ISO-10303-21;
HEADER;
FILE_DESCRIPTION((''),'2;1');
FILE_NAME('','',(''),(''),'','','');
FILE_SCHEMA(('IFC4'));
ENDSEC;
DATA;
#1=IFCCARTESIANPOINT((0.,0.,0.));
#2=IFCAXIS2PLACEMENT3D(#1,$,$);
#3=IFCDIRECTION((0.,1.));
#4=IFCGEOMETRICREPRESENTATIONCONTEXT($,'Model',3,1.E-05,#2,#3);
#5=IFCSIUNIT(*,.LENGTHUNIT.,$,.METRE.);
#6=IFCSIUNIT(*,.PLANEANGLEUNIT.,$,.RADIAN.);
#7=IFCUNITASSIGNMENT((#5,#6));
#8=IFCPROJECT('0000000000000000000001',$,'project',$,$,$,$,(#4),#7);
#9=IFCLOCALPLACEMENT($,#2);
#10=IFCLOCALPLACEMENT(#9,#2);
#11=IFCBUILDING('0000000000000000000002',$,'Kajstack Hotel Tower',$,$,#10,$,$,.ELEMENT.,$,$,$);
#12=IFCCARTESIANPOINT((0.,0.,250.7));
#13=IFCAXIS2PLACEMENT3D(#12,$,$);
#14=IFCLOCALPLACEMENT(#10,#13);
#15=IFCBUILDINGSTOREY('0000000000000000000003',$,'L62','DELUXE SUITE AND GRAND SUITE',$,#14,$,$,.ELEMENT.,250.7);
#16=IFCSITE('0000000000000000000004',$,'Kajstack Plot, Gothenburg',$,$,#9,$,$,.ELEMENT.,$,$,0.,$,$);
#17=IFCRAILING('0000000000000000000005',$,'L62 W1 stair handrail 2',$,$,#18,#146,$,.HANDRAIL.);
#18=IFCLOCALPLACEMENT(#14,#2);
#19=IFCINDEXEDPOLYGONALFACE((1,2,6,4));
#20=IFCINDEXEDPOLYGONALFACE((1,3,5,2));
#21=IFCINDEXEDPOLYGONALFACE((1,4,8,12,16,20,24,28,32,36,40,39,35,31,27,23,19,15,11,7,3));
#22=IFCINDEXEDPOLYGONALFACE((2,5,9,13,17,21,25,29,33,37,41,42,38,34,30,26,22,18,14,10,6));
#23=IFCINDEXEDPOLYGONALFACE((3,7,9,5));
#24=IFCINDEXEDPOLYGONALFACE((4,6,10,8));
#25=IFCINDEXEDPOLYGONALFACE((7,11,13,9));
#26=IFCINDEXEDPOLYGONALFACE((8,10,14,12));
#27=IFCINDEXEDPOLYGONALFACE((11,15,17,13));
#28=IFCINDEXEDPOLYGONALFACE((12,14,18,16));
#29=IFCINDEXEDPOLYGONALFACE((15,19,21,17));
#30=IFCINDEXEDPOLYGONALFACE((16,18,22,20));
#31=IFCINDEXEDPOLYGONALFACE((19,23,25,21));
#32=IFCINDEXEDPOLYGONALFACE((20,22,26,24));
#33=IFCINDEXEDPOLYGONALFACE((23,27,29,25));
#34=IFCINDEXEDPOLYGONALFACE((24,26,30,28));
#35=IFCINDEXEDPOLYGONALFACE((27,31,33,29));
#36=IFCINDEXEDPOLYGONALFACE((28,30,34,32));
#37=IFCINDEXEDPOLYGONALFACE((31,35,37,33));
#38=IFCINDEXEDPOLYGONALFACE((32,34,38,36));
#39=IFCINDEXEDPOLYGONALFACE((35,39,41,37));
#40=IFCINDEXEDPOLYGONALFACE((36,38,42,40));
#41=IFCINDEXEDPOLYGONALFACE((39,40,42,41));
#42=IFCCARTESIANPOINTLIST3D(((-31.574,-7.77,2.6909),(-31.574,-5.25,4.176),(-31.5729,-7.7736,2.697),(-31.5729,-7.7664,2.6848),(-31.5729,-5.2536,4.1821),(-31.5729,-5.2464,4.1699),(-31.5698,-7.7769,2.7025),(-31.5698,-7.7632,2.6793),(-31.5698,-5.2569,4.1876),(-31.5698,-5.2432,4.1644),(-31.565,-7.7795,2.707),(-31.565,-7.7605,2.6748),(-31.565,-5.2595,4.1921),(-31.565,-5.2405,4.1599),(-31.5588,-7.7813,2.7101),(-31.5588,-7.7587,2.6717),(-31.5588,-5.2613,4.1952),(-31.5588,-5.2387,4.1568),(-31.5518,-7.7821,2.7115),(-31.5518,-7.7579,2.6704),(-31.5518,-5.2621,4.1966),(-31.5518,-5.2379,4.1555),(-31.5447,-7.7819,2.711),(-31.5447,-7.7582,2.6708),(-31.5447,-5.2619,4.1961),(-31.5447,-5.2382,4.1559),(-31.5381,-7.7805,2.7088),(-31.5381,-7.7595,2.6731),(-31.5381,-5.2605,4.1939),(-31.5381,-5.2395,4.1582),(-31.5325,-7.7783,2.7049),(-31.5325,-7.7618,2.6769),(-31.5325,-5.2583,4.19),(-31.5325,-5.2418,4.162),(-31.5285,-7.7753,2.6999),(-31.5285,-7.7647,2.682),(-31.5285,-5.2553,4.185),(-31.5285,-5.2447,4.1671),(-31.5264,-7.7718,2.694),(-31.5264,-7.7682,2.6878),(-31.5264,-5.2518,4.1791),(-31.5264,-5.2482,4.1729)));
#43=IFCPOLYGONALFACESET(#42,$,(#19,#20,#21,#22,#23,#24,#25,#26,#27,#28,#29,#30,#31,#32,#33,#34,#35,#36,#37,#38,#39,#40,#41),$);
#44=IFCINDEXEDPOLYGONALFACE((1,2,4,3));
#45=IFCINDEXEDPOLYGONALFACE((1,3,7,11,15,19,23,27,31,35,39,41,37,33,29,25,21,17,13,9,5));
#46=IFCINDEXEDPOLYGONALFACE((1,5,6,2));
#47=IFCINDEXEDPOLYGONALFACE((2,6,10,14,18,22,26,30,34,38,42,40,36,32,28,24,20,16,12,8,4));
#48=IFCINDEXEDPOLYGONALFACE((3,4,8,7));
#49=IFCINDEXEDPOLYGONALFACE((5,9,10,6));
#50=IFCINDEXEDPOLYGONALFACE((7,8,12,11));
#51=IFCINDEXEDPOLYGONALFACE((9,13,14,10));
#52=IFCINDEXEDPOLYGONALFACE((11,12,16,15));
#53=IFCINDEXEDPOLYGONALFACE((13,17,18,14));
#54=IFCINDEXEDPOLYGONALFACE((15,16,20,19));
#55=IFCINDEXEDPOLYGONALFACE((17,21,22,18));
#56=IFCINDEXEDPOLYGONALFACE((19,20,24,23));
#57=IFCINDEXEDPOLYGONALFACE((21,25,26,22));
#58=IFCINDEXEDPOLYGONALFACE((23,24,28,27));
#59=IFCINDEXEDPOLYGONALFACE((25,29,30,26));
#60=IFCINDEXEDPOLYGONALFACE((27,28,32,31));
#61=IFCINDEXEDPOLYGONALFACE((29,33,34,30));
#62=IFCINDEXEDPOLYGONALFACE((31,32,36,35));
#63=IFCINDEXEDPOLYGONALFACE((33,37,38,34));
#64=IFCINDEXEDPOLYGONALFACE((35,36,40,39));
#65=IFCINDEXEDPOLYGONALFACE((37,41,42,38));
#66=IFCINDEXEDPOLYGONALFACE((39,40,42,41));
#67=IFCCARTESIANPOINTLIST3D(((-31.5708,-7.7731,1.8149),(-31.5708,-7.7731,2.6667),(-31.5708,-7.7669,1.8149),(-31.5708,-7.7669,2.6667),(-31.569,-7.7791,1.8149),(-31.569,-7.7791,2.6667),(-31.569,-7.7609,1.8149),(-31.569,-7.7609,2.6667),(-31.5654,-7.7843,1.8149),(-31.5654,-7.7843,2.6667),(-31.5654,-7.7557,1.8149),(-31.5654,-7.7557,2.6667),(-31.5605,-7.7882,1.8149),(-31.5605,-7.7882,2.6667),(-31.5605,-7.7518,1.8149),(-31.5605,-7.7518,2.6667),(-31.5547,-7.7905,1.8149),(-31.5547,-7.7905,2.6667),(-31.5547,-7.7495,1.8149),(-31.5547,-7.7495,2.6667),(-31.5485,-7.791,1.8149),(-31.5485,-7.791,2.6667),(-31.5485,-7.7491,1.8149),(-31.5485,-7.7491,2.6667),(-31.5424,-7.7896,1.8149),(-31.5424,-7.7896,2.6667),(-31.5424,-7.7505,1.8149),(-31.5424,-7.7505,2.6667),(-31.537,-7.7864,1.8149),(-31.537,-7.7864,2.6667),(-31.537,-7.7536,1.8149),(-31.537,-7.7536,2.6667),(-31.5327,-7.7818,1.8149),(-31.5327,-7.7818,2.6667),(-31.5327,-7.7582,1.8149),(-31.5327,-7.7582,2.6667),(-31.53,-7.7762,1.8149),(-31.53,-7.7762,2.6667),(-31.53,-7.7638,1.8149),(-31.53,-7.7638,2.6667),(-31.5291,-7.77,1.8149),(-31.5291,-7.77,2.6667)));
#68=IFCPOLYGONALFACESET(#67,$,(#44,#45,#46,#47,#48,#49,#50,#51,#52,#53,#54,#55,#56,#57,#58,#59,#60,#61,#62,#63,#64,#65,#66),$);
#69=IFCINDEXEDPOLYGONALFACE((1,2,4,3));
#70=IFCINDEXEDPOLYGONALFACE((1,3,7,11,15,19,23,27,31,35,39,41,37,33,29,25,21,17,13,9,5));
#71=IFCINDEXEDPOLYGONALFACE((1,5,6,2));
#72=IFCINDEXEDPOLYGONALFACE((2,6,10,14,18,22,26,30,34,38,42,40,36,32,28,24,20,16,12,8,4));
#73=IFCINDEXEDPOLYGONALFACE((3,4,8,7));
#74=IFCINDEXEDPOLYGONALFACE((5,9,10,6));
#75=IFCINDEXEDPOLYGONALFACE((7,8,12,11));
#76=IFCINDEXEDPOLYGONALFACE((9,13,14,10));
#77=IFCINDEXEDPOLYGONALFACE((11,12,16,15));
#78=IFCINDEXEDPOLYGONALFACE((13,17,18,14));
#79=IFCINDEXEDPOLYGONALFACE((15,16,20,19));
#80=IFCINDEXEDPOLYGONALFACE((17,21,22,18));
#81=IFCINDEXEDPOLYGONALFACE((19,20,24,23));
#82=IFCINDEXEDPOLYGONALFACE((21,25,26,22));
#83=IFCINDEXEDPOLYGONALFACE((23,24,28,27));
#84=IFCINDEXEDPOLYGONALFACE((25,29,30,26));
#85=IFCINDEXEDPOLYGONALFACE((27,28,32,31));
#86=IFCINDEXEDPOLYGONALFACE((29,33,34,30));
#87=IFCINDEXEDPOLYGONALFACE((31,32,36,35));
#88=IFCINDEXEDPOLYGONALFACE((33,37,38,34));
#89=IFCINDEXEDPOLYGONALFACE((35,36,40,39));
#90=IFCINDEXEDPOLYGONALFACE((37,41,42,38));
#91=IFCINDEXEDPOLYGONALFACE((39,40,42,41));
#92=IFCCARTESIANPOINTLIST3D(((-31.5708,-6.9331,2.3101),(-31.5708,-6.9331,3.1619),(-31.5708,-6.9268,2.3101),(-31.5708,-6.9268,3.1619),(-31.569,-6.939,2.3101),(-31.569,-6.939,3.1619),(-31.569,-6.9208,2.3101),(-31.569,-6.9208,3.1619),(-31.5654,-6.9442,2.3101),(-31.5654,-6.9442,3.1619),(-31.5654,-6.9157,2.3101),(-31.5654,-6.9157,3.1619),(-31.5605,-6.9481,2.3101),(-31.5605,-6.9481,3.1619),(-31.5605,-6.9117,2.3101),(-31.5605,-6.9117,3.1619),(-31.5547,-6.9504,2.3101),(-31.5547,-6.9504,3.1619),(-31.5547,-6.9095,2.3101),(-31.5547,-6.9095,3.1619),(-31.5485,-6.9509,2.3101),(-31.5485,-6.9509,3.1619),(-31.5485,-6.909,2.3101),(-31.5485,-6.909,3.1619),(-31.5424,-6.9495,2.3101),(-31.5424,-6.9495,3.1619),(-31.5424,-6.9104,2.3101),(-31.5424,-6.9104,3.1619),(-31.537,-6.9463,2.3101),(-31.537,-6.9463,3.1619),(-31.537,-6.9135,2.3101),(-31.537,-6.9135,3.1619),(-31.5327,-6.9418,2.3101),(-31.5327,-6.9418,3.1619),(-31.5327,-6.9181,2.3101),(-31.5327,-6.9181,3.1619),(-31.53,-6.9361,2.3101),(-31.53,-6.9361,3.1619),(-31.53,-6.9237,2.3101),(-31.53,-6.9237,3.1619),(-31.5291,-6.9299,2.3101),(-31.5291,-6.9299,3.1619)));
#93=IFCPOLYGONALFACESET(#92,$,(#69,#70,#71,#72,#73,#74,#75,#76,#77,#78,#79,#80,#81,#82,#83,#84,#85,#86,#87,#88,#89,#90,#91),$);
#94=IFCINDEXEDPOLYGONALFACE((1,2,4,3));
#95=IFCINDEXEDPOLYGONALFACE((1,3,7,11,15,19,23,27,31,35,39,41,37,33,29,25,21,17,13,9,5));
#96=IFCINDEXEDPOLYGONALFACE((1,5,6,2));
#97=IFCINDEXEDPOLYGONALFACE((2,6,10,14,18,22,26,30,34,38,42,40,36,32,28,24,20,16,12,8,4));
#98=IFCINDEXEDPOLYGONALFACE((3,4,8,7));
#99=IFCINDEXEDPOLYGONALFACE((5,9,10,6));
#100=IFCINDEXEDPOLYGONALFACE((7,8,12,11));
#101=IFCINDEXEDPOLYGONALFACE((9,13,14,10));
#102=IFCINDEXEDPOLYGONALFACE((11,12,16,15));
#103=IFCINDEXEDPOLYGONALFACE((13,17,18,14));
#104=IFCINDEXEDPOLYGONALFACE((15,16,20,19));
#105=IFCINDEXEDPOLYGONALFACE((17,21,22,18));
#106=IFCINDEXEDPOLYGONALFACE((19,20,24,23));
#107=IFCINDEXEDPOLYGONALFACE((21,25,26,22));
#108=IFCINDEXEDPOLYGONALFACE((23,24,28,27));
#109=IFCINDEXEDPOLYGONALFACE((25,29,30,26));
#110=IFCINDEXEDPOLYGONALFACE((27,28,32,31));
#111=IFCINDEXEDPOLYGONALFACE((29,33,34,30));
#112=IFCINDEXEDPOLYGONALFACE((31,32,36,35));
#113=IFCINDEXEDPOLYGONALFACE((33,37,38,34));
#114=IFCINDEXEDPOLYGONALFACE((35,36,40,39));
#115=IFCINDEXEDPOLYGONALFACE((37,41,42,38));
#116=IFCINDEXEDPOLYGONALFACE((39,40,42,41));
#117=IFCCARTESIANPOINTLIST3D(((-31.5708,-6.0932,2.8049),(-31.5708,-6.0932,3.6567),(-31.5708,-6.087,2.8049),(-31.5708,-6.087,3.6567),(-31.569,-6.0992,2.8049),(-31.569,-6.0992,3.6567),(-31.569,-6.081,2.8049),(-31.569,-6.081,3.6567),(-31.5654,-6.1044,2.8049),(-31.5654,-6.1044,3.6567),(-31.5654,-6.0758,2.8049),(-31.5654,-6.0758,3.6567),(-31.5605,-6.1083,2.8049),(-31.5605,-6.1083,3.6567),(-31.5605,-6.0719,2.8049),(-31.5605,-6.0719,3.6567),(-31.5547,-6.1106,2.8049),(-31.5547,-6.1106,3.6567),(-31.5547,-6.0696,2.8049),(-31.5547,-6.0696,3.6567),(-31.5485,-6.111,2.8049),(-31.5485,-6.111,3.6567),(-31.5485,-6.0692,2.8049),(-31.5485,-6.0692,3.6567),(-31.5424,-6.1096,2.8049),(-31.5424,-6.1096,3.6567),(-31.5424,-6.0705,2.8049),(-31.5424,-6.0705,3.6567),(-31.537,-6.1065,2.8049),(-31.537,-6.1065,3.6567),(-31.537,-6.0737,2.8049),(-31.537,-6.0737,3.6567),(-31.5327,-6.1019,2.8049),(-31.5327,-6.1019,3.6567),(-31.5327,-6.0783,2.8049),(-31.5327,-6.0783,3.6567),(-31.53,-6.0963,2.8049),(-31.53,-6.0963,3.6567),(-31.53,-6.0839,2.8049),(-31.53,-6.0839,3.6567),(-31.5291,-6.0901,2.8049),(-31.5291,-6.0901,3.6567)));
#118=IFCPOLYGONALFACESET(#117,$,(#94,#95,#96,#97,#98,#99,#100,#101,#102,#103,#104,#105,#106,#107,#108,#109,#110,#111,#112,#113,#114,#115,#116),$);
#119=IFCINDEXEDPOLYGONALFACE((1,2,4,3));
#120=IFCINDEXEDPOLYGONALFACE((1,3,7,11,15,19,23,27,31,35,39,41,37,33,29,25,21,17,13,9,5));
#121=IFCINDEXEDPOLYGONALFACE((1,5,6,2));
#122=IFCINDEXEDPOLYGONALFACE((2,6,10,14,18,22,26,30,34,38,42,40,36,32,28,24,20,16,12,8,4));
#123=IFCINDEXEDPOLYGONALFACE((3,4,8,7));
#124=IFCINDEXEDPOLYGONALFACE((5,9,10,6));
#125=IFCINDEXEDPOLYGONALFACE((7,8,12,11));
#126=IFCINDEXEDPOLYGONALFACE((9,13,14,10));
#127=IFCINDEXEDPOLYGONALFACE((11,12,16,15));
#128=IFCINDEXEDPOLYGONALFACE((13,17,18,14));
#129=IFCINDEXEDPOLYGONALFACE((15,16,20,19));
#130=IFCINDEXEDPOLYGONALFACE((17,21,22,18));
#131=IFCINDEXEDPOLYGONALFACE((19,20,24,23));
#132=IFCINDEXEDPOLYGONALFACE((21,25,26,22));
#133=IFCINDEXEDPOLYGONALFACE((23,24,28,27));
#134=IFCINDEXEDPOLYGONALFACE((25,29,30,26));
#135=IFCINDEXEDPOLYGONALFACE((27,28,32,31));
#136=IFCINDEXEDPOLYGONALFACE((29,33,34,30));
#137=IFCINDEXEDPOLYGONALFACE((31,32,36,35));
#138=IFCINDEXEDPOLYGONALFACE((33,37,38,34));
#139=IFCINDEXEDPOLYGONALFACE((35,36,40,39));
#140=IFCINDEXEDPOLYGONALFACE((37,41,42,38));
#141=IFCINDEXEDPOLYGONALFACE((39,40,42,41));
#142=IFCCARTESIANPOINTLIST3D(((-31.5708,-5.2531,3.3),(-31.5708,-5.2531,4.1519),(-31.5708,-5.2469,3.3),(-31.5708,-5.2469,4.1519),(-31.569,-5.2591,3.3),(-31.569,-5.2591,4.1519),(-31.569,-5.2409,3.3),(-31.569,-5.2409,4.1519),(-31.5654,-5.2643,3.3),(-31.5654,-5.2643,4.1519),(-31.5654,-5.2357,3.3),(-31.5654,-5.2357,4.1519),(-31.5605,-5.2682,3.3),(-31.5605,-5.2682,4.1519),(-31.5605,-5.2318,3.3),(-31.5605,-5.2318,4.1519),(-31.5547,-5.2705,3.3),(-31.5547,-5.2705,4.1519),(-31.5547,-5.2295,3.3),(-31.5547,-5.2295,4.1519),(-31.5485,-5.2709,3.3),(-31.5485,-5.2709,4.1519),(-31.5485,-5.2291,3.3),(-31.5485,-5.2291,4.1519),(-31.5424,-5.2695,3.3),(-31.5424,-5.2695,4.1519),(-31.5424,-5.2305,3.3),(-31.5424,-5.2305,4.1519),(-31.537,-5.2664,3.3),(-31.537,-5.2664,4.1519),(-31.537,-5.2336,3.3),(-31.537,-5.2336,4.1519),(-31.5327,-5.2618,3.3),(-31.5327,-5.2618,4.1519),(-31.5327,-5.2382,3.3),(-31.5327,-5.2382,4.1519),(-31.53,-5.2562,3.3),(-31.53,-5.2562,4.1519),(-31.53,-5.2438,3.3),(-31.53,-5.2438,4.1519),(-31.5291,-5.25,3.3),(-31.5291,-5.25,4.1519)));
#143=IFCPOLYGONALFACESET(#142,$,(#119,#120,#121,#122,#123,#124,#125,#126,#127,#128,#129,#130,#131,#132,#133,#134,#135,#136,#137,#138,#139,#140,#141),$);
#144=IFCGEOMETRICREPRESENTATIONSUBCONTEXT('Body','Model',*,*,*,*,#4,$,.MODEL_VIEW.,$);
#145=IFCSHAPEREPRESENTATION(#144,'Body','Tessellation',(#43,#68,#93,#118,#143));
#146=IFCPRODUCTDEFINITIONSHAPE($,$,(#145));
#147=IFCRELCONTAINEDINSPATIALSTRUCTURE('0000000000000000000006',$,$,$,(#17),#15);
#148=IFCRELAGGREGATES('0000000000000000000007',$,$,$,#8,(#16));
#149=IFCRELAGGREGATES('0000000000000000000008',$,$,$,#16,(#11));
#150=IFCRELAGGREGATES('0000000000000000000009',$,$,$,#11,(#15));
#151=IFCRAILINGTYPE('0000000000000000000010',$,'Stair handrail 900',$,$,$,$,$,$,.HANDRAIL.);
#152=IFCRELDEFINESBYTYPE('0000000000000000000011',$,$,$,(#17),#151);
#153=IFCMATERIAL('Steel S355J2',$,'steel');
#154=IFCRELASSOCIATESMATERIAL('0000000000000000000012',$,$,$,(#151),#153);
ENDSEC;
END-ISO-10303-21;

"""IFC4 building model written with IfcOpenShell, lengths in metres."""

from ifc_helpers import new_model, si_unit, direction, frame, origin, origin_2d, place, context, subcontext, project, spatial, circle, extrude, material, type_object, element, save


model = new_model("IFC4")

# Units and contexts
model_context = context("Model", 3, precision=1e-05, world=origin(), true_north=direction((0.0, 1.0)))
body_context = subcontext(model_context, "Body", "Model", "MODEL_VIEW")
ifc_project = project(units=[si_unit("LENGTHUNIT", "METRE"), si_unit("PLANEANGLEUNIT", "RADIAN")], contexts=[model_context])

# Site, building, storey
site_placement = place(None, origin())
site = spatial("IfcSite", under=ifc_project, at=site_placement, Name="Kajstack Plot, Gothenburg", CompositionType="ELEMENT", RefElevation=0.0)
building_placement = place(site_placement, origin())
building = spatial("IfcBuilding", under=site, at=building_placement, Name="Kajstack Hotel Tower", CompositionType="ELEMENT")
storey_placement = place(building_placement, frame((0.0, 0.0, 250.7)))
storey = spatial("IfcBuildingStorey", under=building, at=storey_placement, Name="L62", Description="DELUXE SUITE AND GRAND SUITE", CompositionType="ELEMENT", Elevation=250.7)

# Railing
ifc_material_1 = material(Name="Steel S355J2", Category="steel")
railing_type_1 = type_object("IfcRailingType", Name="Stair handrail 900", PredefinedType="HANDRAIL", material=ifc_material_1)
railing_1_placement = place(storey_placement, frame((-31.55, -7.77, 1.8149)))
element("IfcRailing", 1, at=railing_1_placement, inside=storey, type_object=railing_type_1, Name="L62 W1 stair handrail 2", PredefinedType="HANDRAIL", context=body_context, shape_type="SweptSolid", body=[
    extrude(circle(Radius=0.0239, at=origin_2d()), frame((0.0, 0.0, 0.876), z_axis=(0.0, 0.861524, 0.507717), x_axis=(-1.0, 0.0, 0.0)), (0.0, 0.0, 1.0), 2.925),
    extrude(circle(Radius=0.021, at=origin_2d()), origin(), (0.0, 0.0, 1.0), 0.8518),
    extrude(circle(Radius=0.021, at=origin_2d()), frame((0.0, 0.8401, 0.4951)), (0.0, 0.0, 1.0), 0.8518),
    extrude(circle(Radius=0.021, at=origin_2d()), frame((0.0, 1.6799, 0.99)), (0.0, 0.0, 1.0), 0.8518),
    extrude(circle(Radius=0.021, at=origin_2d()), frame((0.0, 2.52, 1.4851)), (0.0, 0.0, 1.0), 0.8518),
])

save(model, "model.ifc")
